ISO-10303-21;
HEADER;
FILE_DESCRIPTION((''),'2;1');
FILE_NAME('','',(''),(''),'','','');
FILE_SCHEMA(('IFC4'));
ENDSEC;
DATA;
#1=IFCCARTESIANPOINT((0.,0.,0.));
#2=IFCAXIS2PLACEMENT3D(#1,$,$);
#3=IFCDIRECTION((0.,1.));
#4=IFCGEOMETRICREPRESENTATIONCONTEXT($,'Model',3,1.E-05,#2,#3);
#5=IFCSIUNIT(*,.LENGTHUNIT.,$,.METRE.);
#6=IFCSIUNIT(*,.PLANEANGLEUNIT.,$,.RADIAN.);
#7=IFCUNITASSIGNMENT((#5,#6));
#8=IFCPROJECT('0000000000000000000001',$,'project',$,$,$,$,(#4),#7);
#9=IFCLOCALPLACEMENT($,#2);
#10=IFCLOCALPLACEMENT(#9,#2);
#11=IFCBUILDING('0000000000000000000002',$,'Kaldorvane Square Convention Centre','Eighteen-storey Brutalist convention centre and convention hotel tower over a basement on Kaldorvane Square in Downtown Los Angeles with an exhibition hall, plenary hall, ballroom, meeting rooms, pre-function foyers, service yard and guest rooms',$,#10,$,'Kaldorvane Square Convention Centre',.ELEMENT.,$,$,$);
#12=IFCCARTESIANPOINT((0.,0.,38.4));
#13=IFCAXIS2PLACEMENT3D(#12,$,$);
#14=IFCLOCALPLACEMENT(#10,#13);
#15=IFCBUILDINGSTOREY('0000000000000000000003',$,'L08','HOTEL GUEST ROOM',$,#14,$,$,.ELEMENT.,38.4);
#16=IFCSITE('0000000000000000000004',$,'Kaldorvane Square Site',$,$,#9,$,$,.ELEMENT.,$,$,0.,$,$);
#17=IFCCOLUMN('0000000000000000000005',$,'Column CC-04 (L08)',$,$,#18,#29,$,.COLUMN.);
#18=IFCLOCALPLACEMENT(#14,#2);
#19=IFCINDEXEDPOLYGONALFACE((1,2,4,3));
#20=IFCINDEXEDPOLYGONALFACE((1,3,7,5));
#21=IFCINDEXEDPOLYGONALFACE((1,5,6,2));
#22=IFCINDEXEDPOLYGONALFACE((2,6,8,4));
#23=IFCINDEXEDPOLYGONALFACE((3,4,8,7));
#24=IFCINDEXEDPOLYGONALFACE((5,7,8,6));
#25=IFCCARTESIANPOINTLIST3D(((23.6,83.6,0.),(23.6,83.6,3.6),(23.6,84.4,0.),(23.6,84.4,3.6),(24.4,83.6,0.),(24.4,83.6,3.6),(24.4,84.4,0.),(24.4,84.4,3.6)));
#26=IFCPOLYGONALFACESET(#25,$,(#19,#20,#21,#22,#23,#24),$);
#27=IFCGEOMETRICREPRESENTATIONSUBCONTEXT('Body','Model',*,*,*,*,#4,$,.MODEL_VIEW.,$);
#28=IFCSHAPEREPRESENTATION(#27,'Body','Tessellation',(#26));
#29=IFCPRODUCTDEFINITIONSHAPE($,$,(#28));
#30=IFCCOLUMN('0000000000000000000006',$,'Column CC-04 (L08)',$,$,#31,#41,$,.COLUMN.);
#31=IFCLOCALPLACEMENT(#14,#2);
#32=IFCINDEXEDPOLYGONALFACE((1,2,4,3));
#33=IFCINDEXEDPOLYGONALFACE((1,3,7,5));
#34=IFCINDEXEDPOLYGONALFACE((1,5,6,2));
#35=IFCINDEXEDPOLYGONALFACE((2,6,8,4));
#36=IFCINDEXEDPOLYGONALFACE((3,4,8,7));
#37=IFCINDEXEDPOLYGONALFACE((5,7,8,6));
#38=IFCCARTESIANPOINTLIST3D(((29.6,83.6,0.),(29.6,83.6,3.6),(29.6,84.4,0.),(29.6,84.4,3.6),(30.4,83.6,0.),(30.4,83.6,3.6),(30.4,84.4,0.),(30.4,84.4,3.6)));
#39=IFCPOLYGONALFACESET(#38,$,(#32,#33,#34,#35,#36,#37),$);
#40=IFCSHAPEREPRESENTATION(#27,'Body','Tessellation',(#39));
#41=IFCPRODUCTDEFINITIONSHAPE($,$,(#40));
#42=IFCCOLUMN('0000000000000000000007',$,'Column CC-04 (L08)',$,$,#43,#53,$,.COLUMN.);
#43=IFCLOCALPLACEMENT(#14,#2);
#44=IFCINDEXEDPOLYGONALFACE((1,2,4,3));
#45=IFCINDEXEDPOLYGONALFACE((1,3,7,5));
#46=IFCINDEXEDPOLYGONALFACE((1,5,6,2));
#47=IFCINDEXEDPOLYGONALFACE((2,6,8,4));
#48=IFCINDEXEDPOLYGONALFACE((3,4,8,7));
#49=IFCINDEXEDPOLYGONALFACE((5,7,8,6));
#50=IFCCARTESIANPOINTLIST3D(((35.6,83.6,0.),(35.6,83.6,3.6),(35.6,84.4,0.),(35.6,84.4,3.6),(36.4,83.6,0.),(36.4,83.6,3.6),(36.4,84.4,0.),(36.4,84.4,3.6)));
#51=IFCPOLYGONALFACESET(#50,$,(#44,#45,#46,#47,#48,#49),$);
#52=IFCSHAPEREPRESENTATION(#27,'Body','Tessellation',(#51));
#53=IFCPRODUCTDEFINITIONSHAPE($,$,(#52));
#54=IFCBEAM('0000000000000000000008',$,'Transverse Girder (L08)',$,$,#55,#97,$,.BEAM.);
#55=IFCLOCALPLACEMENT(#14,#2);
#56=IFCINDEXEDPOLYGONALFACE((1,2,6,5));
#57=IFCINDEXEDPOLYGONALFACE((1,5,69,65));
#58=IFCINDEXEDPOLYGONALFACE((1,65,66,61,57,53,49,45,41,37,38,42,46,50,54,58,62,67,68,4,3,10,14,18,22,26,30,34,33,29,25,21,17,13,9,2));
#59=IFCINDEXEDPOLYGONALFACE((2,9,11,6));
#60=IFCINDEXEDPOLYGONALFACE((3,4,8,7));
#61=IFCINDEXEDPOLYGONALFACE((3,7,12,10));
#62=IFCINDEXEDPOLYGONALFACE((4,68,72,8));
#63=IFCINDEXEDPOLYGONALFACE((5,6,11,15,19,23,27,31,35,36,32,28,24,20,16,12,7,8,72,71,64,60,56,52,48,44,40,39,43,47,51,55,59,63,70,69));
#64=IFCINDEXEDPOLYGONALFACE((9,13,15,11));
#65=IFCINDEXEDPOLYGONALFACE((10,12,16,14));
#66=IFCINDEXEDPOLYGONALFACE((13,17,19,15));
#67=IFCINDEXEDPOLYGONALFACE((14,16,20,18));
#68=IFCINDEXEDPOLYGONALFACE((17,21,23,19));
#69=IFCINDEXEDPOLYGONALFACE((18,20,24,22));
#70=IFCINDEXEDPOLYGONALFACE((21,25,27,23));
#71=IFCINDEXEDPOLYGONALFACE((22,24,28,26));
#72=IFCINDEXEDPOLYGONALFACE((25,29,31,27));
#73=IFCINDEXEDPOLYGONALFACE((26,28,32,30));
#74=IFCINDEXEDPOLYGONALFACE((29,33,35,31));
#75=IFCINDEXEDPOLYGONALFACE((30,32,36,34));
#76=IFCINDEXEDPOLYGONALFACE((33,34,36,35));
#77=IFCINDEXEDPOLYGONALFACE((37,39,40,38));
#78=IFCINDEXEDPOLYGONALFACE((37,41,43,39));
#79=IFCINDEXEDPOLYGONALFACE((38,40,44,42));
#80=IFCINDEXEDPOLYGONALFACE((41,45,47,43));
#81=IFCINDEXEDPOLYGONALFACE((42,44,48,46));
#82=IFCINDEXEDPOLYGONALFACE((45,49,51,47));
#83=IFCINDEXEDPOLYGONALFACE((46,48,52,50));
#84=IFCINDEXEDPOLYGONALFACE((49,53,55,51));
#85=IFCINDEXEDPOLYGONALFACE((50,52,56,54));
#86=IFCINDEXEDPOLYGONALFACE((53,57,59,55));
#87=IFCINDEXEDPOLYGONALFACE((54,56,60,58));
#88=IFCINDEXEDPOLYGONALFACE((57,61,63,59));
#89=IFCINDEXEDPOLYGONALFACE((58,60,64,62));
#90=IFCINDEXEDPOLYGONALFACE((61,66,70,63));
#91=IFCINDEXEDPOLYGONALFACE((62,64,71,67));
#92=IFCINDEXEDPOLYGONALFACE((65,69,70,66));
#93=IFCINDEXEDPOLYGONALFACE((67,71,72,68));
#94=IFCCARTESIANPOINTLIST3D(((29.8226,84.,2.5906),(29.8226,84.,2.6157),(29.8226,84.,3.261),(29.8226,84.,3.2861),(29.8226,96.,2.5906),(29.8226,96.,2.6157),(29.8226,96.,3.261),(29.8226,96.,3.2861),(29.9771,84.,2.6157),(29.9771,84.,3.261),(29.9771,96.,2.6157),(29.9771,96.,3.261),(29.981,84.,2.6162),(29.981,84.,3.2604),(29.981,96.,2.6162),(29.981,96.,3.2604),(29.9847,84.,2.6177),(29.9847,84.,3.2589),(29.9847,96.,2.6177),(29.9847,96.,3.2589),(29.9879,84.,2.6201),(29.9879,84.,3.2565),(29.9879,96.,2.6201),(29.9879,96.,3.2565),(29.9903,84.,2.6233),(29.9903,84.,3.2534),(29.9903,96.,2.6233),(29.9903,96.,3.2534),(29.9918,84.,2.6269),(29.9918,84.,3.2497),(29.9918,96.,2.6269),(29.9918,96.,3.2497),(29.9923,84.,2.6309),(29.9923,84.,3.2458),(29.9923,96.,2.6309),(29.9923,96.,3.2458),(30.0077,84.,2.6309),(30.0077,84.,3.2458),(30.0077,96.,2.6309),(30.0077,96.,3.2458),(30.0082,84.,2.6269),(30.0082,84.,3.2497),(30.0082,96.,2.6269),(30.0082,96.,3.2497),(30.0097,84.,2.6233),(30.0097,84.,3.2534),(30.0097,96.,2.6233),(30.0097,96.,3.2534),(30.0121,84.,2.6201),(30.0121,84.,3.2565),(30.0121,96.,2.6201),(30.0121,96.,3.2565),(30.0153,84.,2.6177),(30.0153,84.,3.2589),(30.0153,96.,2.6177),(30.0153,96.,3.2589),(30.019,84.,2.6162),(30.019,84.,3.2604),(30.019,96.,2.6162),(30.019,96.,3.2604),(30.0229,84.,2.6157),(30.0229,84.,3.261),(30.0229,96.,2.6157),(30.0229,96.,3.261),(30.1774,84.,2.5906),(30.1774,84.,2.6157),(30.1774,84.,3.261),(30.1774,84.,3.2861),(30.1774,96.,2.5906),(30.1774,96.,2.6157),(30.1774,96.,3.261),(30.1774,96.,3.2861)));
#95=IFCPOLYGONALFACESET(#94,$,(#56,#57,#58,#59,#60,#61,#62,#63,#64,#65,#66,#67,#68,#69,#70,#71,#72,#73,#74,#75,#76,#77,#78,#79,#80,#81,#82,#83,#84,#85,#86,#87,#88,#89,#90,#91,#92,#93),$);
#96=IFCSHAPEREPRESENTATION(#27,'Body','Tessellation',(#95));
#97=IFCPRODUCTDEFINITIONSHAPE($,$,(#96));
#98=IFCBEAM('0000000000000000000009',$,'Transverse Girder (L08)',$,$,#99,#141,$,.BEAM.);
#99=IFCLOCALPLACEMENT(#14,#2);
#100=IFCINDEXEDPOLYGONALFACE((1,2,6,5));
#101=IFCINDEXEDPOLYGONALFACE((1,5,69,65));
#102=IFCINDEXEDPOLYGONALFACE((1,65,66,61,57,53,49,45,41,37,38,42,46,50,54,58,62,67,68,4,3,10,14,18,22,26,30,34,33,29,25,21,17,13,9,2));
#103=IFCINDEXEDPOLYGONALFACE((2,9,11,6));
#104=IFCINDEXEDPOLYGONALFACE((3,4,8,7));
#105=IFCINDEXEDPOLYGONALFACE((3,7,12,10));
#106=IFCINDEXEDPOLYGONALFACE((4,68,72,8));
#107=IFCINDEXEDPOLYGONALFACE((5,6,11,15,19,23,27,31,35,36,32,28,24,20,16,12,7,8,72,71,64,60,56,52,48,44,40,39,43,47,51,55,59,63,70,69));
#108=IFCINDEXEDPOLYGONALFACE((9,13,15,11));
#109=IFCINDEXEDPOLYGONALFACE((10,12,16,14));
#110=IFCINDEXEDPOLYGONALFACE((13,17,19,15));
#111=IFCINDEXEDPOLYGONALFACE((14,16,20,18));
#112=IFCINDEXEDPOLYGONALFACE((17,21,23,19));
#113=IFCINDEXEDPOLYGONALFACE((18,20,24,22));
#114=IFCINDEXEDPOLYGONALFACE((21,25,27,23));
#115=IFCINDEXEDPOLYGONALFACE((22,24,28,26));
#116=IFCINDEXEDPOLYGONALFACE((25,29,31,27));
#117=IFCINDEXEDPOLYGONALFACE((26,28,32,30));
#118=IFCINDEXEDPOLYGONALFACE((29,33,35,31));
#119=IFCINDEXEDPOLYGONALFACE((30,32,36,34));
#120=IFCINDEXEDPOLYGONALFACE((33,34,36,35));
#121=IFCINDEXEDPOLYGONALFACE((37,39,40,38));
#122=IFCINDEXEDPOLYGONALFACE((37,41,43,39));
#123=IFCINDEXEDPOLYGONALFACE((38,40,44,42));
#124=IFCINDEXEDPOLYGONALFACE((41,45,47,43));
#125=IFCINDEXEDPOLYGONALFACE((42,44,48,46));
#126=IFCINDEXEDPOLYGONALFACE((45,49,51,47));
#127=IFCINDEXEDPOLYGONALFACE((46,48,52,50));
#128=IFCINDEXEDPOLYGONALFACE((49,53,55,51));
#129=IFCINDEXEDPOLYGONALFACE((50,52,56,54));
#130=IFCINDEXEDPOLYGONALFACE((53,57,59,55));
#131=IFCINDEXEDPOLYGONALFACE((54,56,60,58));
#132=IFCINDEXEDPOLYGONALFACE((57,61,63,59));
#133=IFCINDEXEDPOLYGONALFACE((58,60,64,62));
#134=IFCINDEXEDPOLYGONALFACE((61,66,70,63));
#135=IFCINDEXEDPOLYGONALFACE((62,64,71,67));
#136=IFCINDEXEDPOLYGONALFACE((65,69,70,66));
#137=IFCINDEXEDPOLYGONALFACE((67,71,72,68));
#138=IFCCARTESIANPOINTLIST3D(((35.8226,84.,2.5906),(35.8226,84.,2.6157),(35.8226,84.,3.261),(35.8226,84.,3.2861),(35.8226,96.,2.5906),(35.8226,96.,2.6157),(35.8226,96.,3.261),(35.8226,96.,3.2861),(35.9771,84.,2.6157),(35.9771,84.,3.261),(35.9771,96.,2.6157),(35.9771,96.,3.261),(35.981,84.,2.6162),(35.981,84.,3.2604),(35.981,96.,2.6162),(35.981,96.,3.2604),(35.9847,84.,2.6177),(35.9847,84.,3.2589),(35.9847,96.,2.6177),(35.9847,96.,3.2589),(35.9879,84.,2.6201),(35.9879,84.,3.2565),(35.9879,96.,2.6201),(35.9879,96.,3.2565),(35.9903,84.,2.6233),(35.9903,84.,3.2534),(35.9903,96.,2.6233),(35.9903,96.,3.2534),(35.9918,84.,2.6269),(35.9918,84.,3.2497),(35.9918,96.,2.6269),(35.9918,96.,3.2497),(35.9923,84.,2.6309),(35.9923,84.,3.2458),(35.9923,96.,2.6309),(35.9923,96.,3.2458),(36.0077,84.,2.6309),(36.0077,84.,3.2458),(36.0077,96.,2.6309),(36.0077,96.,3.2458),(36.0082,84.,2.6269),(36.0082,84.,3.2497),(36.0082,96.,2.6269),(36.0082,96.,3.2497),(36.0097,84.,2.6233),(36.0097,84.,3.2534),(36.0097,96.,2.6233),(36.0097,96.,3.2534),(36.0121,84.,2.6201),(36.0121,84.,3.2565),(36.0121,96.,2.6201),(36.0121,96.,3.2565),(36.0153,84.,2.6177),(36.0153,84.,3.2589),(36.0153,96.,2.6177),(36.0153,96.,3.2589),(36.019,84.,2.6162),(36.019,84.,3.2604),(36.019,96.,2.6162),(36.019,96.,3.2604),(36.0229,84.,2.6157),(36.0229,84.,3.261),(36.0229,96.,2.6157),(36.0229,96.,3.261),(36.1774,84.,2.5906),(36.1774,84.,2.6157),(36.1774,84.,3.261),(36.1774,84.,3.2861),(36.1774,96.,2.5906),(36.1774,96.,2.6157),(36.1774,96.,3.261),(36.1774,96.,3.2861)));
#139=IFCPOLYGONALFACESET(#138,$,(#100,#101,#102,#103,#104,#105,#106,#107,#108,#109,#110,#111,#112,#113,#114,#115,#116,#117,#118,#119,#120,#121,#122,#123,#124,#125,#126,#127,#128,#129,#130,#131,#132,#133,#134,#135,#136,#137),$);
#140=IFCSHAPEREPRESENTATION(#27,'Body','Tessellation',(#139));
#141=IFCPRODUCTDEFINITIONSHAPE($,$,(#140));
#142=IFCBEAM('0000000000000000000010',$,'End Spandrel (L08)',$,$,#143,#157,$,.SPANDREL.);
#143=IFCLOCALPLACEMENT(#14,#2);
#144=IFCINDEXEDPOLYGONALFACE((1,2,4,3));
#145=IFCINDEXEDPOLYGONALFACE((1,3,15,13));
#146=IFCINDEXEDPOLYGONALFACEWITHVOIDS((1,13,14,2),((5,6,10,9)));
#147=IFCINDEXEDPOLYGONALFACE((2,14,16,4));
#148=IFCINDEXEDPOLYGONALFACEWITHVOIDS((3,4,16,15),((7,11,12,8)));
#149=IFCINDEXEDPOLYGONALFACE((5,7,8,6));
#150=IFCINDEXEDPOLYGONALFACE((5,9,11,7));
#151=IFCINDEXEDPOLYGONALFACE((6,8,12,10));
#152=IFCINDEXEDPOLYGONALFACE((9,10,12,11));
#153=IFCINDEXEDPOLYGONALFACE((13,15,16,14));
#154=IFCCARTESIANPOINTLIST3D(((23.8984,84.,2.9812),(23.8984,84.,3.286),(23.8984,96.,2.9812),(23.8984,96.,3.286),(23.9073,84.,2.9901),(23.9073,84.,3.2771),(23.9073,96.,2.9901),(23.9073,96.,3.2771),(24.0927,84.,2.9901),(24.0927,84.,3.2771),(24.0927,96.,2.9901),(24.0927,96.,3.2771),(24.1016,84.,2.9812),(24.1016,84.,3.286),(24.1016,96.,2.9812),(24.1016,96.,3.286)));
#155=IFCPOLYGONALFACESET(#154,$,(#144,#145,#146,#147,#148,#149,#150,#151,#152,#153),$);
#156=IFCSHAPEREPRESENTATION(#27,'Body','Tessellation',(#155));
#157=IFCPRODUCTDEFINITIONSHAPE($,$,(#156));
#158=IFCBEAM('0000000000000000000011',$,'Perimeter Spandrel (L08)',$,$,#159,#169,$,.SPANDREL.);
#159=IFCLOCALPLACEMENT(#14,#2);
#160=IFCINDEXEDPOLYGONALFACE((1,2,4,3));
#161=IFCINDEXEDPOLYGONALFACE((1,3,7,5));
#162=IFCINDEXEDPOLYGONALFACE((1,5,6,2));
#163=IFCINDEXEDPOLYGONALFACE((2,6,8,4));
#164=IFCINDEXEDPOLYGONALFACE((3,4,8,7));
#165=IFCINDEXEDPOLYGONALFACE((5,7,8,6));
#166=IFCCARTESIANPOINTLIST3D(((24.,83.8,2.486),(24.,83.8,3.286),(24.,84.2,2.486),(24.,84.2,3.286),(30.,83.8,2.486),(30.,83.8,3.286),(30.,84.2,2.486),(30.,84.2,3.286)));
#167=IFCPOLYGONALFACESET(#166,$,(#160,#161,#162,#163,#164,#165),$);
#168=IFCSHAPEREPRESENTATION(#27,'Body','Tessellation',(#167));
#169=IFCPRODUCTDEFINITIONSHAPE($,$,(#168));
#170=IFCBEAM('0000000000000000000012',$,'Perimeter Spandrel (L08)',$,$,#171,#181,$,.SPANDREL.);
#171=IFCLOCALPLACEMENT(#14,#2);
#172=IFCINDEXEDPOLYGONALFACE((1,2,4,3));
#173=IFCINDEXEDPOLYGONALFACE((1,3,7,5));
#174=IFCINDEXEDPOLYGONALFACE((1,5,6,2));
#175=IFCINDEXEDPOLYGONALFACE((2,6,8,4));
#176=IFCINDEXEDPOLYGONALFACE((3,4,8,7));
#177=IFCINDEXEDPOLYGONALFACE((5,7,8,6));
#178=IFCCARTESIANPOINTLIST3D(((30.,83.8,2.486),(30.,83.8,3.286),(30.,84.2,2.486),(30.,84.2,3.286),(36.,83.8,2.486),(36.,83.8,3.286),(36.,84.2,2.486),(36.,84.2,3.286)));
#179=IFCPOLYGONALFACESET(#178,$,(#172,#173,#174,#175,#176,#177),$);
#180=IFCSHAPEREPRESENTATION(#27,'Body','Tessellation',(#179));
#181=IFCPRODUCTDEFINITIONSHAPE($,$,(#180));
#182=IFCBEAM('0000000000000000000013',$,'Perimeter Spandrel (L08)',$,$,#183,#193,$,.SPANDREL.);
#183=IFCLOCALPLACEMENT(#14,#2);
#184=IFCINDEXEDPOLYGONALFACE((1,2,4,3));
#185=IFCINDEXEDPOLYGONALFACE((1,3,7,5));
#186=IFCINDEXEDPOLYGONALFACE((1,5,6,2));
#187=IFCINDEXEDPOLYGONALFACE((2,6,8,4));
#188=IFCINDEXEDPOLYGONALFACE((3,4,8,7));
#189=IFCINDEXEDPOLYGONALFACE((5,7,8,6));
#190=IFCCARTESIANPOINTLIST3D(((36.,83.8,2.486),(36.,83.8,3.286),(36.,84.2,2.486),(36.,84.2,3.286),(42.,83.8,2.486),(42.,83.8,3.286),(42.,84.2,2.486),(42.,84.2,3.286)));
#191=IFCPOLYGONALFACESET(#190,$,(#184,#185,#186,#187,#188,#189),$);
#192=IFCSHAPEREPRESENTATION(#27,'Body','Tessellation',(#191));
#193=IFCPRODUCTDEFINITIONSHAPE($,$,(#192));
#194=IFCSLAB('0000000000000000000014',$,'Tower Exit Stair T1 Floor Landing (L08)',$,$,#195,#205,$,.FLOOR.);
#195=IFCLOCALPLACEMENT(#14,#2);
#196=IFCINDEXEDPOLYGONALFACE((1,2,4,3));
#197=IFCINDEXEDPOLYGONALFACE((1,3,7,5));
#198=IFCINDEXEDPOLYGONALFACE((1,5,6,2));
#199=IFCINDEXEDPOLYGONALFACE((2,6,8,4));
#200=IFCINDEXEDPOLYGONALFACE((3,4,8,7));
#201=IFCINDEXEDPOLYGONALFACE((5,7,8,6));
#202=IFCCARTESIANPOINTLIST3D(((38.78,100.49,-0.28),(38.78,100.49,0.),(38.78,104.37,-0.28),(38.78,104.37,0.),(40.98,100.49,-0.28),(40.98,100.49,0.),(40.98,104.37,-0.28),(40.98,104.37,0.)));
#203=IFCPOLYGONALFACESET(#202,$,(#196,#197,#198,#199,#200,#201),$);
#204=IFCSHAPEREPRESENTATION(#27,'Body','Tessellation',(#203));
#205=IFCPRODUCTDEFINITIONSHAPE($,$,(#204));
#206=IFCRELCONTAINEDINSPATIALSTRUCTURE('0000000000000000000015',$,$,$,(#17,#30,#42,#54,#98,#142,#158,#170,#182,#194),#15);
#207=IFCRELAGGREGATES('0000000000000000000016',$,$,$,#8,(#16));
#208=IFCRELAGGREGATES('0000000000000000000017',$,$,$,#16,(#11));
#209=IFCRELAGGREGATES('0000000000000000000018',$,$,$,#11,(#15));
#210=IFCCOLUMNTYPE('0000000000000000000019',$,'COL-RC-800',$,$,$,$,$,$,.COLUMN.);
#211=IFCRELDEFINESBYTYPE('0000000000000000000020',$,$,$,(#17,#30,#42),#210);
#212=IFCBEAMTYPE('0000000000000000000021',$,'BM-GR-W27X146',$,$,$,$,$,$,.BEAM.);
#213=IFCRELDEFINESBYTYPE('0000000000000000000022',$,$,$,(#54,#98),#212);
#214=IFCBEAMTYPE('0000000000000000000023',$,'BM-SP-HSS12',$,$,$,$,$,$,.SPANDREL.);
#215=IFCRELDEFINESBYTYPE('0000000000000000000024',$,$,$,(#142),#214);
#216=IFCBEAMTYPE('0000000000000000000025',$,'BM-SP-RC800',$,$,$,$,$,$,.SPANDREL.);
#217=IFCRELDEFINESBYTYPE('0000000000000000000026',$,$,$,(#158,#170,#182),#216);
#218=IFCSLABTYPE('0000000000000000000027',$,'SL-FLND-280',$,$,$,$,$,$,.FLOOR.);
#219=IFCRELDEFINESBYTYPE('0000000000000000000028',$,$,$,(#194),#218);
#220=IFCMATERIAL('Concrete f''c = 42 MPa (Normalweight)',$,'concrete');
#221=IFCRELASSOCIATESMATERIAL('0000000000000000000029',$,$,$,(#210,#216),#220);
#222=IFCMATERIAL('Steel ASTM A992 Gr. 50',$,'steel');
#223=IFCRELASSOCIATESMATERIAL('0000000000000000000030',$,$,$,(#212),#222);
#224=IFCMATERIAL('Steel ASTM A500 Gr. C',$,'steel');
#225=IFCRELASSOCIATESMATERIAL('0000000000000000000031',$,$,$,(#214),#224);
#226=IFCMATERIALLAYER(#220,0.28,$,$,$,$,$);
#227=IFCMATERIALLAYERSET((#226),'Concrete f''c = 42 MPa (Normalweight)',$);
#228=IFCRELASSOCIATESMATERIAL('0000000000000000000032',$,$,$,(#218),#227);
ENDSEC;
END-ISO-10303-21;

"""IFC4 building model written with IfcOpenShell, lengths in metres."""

from ifc_helpers import new_model, si_unit, direction, frame, origin, origin_2d, place, context, subcontext, project, spatial, polyline, rectangle, hollow_rectangle, i_section, outline, extrude, material, layer, layer_set, material_profile, profile_set, type_object, element, save


model = new_model("IFC4")

# Units and contexts
model_context = context("Model", 3, precision=1e-05, world=origin(), true_north=direction((0.0, 1.0)))
body_context = subcontext(model_context, "Body", "Model", "MODEL_VIEW")
ifc_project = project(units=[si_unit("LENGTHUNIT", "METRE"), si_unit("PLANEANGLEUNIT", "RADIAN")], contexts=[model_context])

# Site, building, storey
site_placement = place(None, origin())
site = spatial("IfcSite", under=ifc_project, at=site_placement, Name="Kaldorvane Square Site", CompositionType="ELEMENT", RefElevation=0.0)
building_placement = place(site_placement, origin())
building = spatial("IfcBuilding", under=site, at=building_placement, Name="Kaldorvane Square Convention Centre", Description="Eighteen-storey Brutalist convention centre and convention hotel tower over a basement on Kaldorvane Square in Downtown Los Angeles with an exhibition hall, plenary hall, ballroom, meeting rooms, pre-function foyers, service yard and guest rooms", LongName="Kaldorvane Square Convention Centre", CompositionType="ELEMENT")
storey_placement = place(building_placement, frame((0.0, 0.0, 38.4)))
storey = spatial("IfcBuildingStorey", under=building, at=storey_placement, Name="L08", Description="HOTEL GUEST ROOM", CompositionType="ELEMENT", Elevation=38.4)

# Columns
ifc_material_1 = material(Name="Concrete f'c = 42 MPa (Normalweight)", Category="concrete")
ifc_material_profile_1 = material_profile(ifc_material_1, rectangle(XDim=0.8, YDim=0.8, at=origin_2d()), Name="RC800X800")
ifc_profile_set_1 = profile_set([ifc_material_profile_1], Name="Concrete f'c = 42 MPa (Normalweight)")
column_type = type_object("IfcColumnType", Name="COL-RC-800", PredefinedType="COLUMN", material=ifc_profile_set_1)
for number, where, z_axis, x_axis, name in (
    (1, (24.0, 84.0, 0.0), (0.0, 0.0, 1.0), (1.0, 0.0, 0.0), "Column CC-04 (L08)"),
    (2, (30.0, 84.0, 0.0), (0.0, 0.0, 1.0), (1.0, 0.0, 0.0), "Column CC-04 (L08)"),
    (3, (36.0, 84.0, 0.0), (0.0, 0.0, 1.0), (1.0, 0.0, 0.0), "Column CC-04 (L08)"),
):
    element("IfcColumn", number, at=place(storey_placement, frame(where, z_axis=z_axis, x_axis=x_axis)), inside=storey, type_object=column_type, Name=name, PredefinedType="COLUMN", context=body_context, shape_type="SweptSolid", body=[
        extrude(rectangle(XDim=0.8, YDim=0.8, at=origin_2d()), origin(), (0.0, 0.0, 1.0), 3.6),
    ])

# Beams
ifc_material_2 = material(Name="Steel ASTM A992 Gr. 50", Category="steel")
ifc_material_profile_2 = material_profile(ifc_material_2, i_section(OverallWidth=0.3547, OverallDepth=0.6955, WebThickness=0.0154, FlangeThickness=0.0251, FilletRadius=0.0152, at=origin_2d()), Name="W27X146")
ifc_profile_set_2 = profile_set([ifc_material_profile_2], Name="Steel ASTM A992 Gr. 50")
beam_type_1 = type_object("IfcBeamType", Name="BM-GR-W27X146", PredefinedType="BEAM", material=ifc_profile_set_2)
for number, where, z_axis, x_axis, name in (
    (4, (30.0, 84.0, 2.9383), (0.0, 1.0, 0.0), (-1.0, 0.0, 0.0), "Transverse Girder (L08)"),
    (5, (36.0, 84.0, 2.9383), (0.0, 1.0, 0.0), (-1.0, 0.0, 0.0), "Transverse Girder (L08)"),
):
    element("IfcBeam", number, at=place(storey_placement, frame(where, z_axis=z_axis, x_axis=x_axis)), inside=storey, type_object=beam_type_1, Name=name, PredefinedType="BEAM", context=body_context, shape_type="SweptSolid", body=[
        extrude(i_section(OverallWidth=0.3547, OverallDepth=0.6955, WebThickness=0.0154, FlangeThickness=0.0251, FilletRadius=0.0152, at=origin_2d()), origin(), (0.0, 0.0, 1.0), 12.0),
    ])
ifc_material_3 = material(Name="Steel ASTM A500 Gr. C", Category="steel")
ifc_material_profile_3 = material_profile(ifc_material_3, hollow_rectangle(XDim=0.2032, YDim=0.3048, WallThickness=0.0089, at=origin_2d()), Name="HSS12X8X3/8")
ifc_profile_set_3 = profile_set([ifc_material_profile_3], Name="Steel ASTM A500 Gr. C")
beam_type_2 = type_object("IfcBeamType", Name="BM-SP-HSS12", PredefinedType="SPANDREL", material=ifc_profile_set_3)
beam_placement = place(storey_placement, frame((24.0, 84.0, 3.1336), z_axis=(0.0, 1.0, 0.0), x_axis=(-1.0, 0.0, 0.0)))
element("IfcBeam", 6, at=beam_placement, inside=storey, type_object=beam_type_2, Name="End Spandrel (L08)", PredefinedType="SPANDREL", context=body_context, shape_type="SweptSolid", body=[
    extrude(hollow_rectangle(XDim=0.2032, YDim=0.3048, WallThickness=0.0089, at=origin_2d()), origin(), (0.0, 0.0, 1.0), 12.0),
])
ifc_material_profile_4 = material_profile(ifc_material_1, rectangle(XDim=0.4, YDim=0.8, at=origin_2d()), Name="RCSP800X400")
ifc_profile_set_4 = profile_set([ifc_material_profile_4], Name="Concrete f'c = 42 MPa (Normalweight)")
beam_type_3 = type_object("IfcBeamType", Name="BM-SP-RC800", PredefinedType="SPANDREL", material=ifc_profile_set_4)
for number, where, z_axis, x_axis, name in (
    (7, (24.0, 84.0, 2.886), (1.0, 0.0, 0.0), (0.0, 1.0, 0.0), "Perimeter Spandrel (L08)"),
    (8, (30.0, 84.0, 2.886), (1.0, 0.0, 0.0), (0.0, 1.0, 0.0), "Perimeter Spandrel (L08)"),
    (9, (36.0, 84.0, 2.886), (1.0, 0.0, 0.0), (0.0, 1.0, 0.0), "Perimeter Spandrel (L08)"),
):
    element("IfcBeam", number, at=place(storey_placement, frame(where, z_axis=z_axis, x_axis=x_axis)), inside=storey, type_object=beam_type_3, Name=name, PredefinedType="SPANDREL", context=body_context, shape_type="SweptSolid", body=[
        extrude(rectangle(XDim=0.4, YDim=0.8, at=origin_2d()), origin(), (0.0, 0.0, 1.0), 6.0),
    ])

# Slab
ifc_layer_1 = layer(ifc_material_1, 0.28)
ifc_layer_set_1 = layer_set([ifc_layer_1], Name="Concrete f'c = 42 MPa (Normalweight)")
slab_type_1 = type_object("IfcSlabType", Name="SL-FLND-280", PredefinedType="FLOOR", material=ifc_layer_set_1)
slab_1_placement = place(storey_placement, frame((0.0, 0.0, -0.28)))
element("IfcSlab", 10, at=slab_1_placement, inside=storey, type_object=slab_type_1, Name="Tower Exit Stair T1 Floor Landing (L08)", PredefinedType="FLOOR", context=body_context, shape_type="SweptSolid", body=[
    extrude(outline(polyline([(38.78, 100.49), (40.98, 100.49), (40.98, 104.37), (38.78, 104.37), (38.78, 100.49)])), origin(), (0.0, 0.0, 1.0), 0.28),
])

save(model, "model.ifc")
